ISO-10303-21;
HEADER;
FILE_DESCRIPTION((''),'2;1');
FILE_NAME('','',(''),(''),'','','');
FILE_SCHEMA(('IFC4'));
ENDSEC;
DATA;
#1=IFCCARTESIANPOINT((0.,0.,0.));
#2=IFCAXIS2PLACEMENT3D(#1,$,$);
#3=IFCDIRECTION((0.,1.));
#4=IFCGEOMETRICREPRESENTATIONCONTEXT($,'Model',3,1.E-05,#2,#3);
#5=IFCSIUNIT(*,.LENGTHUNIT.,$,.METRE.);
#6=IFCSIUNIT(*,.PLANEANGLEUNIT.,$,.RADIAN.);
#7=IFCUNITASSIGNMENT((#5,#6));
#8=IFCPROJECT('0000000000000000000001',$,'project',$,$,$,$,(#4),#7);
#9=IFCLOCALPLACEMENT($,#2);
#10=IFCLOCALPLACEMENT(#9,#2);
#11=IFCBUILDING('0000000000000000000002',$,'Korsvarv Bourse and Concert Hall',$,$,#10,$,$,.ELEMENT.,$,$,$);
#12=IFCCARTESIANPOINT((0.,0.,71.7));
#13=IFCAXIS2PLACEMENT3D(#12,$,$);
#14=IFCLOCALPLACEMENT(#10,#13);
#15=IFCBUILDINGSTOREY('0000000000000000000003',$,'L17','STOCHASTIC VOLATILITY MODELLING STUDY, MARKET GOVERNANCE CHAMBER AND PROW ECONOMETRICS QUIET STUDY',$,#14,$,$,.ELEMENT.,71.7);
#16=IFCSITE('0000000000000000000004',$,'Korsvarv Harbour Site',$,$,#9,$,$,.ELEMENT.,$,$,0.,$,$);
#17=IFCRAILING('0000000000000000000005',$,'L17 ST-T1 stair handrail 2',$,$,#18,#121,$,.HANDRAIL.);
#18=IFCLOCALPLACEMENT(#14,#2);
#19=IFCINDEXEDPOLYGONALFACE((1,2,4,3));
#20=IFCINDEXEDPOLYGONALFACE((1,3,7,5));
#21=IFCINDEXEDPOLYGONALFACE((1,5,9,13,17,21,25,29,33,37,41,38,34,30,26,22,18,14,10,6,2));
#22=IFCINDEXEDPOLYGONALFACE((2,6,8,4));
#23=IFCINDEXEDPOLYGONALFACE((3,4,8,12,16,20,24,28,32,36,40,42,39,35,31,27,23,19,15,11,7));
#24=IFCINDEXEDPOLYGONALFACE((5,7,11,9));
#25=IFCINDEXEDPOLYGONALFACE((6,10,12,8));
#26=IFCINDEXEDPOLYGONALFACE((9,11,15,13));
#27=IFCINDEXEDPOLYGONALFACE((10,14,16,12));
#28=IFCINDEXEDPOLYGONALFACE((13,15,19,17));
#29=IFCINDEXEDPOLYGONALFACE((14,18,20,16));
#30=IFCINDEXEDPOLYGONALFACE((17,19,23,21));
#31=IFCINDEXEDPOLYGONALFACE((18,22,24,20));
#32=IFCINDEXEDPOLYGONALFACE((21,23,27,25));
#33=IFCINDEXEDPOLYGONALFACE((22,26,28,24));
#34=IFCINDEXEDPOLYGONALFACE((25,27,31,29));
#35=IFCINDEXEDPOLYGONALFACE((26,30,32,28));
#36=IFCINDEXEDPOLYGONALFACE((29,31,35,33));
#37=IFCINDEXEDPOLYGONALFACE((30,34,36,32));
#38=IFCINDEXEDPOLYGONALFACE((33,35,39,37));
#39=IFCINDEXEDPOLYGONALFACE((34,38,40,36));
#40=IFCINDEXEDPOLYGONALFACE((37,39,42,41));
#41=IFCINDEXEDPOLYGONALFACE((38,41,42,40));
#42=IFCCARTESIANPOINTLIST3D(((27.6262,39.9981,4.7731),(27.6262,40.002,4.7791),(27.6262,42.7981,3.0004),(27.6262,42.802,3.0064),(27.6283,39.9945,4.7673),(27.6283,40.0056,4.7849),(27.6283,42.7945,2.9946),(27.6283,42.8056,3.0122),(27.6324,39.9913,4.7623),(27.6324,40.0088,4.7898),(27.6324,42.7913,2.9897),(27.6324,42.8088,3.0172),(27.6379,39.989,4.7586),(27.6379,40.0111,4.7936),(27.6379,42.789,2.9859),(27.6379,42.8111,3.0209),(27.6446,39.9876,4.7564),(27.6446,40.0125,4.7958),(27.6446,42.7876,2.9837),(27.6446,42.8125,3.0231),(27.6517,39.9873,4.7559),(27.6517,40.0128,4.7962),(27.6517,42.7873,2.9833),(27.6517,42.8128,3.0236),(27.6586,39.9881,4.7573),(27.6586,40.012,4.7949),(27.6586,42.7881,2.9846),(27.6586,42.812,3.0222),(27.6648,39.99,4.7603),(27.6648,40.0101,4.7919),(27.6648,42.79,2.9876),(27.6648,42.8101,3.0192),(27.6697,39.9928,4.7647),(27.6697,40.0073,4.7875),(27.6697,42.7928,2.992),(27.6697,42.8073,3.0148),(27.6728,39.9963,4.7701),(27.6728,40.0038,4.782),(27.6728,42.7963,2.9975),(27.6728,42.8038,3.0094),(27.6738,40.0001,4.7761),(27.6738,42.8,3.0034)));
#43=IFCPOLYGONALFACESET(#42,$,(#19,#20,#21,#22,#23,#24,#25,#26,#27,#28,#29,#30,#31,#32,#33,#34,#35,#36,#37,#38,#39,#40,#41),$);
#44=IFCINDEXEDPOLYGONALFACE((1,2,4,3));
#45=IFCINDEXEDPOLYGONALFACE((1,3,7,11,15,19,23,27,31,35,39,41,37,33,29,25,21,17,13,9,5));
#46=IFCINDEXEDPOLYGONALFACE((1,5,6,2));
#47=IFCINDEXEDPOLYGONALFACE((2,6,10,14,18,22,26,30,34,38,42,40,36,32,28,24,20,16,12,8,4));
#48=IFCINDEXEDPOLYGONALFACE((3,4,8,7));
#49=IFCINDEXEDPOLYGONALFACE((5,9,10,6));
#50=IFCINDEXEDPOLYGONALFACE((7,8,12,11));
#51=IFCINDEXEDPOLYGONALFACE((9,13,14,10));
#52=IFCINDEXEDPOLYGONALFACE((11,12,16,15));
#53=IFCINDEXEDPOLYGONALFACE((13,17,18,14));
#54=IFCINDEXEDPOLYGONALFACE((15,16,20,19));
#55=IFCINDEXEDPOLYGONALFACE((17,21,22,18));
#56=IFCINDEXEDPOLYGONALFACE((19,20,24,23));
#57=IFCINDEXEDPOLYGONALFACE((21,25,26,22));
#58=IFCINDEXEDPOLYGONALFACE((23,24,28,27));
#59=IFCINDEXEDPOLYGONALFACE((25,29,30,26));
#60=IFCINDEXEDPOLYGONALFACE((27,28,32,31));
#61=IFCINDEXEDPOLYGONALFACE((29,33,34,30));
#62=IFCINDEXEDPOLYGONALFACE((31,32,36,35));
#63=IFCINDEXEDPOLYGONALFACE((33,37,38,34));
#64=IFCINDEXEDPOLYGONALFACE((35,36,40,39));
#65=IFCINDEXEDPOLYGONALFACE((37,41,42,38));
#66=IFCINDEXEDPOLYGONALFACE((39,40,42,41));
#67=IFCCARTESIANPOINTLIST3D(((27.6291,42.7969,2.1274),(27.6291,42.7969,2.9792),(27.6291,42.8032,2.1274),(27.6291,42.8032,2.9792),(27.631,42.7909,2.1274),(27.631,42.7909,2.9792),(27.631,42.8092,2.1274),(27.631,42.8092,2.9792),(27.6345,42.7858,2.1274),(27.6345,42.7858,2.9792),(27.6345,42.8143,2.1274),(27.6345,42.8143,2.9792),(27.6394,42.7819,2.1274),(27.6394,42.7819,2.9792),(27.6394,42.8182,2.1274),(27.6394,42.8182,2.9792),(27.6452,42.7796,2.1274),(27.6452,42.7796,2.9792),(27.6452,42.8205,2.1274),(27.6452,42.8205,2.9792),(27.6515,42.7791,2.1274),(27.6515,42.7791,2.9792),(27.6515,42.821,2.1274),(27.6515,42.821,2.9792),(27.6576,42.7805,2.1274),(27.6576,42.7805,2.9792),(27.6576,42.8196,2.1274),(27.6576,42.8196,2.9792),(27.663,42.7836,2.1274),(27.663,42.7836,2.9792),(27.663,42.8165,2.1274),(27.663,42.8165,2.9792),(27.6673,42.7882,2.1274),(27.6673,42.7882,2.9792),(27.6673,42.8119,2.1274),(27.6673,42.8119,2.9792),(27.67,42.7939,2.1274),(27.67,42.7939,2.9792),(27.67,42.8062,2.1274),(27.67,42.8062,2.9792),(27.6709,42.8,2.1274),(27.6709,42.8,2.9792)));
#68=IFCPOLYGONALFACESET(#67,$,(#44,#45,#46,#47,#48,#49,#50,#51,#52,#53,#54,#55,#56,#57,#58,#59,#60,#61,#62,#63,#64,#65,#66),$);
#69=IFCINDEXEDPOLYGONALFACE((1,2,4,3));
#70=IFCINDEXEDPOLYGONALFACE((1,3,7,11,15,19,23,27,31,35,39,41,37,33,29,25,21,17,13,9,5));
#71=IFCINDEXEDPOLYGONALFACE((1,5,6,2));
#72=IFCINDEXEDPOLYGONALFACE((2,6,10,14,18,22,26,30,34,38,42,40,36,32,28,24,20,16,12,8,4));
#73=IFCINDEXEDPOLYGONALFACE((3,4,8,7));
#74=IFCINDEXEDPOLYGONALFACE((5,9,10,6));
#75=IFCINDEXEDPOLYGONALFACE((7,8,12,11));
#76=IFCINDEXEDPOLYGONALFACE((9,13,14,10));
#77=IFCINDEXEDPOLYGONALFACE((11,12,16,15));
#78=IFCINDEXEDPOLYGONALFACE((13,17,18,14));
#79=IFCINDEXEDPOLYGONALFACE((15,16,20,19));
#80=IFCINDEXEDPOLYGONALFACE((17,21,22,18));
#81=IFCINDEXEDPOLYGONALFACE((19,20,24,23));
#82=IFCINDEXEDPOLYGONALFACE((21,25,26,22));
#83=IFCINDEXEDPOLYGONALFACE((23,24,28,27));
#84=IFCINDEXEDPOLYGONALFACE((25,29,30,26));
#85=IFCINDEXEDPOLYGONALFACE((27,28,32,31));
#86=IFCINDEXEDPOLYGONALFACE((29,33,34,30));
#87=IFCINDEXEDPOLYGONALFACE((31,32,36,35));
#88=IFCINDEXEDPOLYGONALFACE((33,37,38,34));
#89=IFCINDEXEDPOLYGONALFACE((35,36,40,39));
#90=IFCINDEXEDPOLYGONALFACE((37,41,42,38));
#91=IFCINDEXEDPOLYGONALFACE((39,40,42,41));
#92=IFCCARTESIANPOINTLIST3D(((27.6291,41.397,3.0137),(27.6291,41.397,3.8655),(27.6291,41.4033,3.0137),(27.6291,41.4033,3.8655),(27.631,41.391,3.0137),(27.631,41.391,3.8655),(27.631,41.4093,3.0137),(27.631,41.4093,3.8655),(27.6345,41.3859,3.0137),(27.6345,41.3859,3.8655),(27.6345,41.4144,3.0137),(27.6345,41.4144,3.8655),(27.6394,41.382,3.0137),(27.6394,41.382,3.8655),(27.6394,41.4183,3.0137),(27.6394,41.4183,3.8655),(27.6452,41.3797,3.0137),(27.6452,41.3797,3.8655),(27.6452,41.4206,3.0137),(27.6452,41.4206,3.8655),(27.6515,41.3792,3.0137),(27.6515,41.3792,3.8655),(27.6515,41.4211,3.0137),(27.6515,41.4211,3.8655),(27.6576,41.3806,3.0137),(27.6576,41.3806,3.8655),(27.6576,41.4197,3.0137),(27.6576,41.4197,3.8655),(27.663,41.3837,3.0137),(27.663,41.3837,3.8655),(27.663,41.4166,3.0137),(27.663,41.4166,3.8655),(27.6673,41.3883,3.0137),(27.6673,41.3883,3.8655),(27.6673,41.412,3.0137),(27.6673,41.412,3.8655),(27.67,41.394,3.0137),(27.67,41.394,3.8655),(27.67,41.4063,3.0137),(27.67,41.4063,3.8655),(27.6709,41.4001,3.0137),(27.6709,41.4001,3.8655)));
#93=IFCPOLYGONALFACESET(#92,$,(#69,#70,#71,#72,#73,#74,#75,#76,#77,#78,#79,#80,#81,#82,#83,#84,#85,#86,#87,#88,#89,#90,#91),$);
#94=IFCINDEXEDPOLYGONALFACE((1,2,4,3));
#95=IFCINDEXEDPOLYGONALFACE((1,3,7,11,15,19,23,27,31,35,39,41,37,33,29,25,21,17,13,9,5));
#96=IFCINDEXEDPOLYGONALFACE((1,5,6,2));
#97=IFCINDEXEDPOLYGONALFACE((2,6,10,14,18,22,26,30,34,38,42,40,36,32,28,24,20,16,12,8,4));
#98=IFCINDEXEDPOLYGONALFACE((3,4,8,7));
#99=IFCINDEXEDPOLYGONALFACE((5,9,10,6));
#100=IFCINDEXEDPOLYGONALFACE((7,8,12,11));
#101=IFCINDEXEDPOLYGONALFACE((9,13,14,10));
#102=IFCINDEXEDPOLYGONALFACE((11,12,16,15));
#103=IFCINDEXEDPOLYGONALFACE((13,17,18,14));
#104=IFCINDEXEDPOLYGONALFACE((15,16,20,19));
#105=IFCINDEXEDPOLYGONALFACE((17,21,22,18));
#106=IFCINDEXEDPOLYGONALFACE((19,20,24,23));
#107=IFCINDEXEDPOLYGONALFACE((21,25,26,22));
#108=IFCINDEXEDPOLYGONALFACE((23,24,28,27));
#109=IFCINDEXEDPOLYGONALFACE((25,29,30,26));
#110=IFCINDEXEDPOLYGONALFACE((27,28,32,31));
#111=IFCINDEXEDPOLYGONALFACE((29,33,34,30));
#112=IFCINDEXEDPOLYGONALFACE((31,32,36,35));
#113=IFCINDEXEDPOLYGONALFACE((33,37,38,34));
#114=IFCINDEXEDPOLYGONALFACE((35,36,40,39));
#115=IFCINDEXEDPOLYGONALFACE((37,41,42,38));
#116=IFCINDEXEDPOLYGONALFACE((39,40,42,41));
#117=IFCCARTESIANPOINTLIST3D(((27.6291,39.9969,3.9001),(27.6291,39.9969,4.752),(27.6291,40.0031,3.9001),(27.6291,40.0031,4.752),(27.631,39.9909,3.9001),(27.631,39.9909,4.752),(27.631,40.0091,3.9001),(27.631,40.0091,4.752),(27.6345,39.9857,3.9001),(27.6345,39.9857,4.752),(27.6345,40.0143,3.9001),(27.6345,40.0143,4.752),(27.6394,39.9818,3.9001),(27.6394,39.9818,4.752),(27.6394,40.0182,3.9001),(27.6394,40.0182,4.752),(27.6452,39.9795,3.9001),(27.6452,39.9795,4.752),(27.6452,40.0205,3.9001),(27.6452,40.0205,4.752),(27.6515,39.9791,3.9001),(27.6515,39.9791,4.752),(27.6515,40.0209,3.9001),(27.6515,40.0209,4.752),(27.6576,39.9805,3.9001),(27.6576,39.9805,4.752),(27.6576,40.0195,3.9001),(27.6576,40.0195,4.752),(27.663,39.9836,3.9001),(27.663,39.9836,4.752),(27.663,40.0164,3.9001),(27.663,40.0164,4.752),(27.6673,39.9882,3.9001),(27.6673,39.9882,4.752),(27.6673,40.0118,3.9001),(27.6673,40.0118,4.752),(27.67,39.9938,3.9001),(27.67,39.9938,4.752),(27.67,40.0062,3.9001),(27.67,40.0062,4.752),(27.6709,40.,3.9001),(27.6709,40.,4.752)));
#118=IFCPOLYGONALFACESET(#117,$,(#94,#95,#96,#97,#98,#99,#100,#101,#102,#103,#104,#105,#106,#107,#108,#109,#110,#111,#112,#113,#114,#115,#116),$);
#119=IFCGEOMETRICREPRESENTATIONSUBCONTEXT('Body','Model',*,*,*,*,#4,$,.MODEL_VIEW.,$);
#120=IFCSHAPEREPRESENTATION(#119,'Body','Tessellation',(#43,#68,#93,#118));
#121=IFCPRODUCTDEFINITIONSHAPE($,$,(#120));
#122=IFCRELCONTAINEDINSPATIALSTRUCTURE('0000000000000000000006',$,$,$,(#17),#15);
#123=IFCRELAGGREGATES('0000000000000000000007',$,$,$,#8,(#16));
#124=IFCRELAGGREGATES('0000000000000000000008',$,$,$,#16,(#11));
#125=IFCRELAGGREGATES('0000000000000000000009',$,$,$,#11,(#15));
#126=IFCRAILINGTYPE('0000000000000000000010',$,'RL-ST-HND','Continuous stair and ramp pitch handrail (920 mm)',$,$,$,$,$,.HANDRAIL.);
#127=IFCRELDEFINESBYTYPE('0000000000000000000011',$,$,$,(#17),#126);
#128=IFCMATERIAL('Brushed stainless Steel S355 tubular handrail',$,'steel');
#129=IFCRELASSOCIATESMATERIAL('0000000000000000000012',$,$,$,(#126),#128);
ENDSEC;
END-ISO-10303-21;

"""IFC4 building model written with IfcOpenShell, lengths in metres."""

from ifc_helpers import new_model, si_unit, direction, frame, origin, origin_2d, place, context, subcontext, project, spatial, circle, extrude, material, type_object, element, save


model = new_model("IFC4")

# Units and contexts
model_context = context("Model", 3, precision=1e-05, world=origin(), true_north=direction((0.0, 1.0)))
body_context = subcontext(model_context, "Body", "Model", "MODEL_VIEW")
ifc_project = project(units=[si_unit("LENGTHUNIT", "METRE"), si_unit("PLANEANGLEUNIT", "RADIAN")], contexts=[model_context])

# Site, building, storey
site_placement = place(None, origin())
site = spatial("IfcSite", under=ifc_project, at=site_placement, Name="Korsvarv Harbour Site", CompositionType="ELEMENT", RefElevation=0.0)
building_placement = place(site_placement, origin())
building = spatial("IfcBuilding", under=site, at=building_placement, Name="Korsvarv Bourse and Concert Hall", CompositionType="ELEMENT")
storey_placement = place(building_placement, frame((0.0, 0.0, 71.7)))
storey = spatial("IfcBuildingStorey", under=building, at=storey_placement, Name="L17", Description="STOCHASTIC VOLATILITY MODELLING STUDY, MARKET GOVERNANCE CHAMBER AND PROW ECONOMETRICS QUIET STUDY", CompositionType="ELEMENT", Elevation=71.7)

# Railing
ifc_material_1 = material(Name="Brushed stainless Steel S355 tubular handrail", Category="steel")
railing_type_1 = type_object("IfcRailingType", Name="RL-ST-HND", Description="Continuous stair and ramp pitch handrail (920 mm)", PredefinedType="HANDRAIL", material=ifc_material_1)
railing_1_placement = place(storey_placement, frame((27.6499, 42.8, 2.1274)))
element("IfcRailing", 1, at=railing_1_placement, inside=storey, type_object=railing_type_1, Name="L17 ST-T1 stair handrail 2", PredefinedType="HANDRAIL", context=body_context, shape_type="SweptSolid", body=[
    extrude(circle(Radius=0.0239, at=origin_2d()), frame((0.0, 0.0, 0.876), z_axis=(0.0, -0.844909, 0.53491), x_axis=(1.0, 0.0, 0.0)), (0.0, 0.0, 1.0), 3.314),
    extrude(circle(Radius=0.021, at=origin_2d()), origin(), (0.0, 0.0, 1.0), 0.8518),
    extrude(circle(Radius=0.021, at=origin_2d()), frame((0.0, -1.3999, 0.8862)), (0.0, 0.0, 1.0), 0.8518),
    extrude(circle(Radius=0.021, at=origin_2d()), frame((0.0, -2.8, 1.7727)), (0.0, 0.0, 1.0), 0.8518),
])

save(model, "model.ifc")
